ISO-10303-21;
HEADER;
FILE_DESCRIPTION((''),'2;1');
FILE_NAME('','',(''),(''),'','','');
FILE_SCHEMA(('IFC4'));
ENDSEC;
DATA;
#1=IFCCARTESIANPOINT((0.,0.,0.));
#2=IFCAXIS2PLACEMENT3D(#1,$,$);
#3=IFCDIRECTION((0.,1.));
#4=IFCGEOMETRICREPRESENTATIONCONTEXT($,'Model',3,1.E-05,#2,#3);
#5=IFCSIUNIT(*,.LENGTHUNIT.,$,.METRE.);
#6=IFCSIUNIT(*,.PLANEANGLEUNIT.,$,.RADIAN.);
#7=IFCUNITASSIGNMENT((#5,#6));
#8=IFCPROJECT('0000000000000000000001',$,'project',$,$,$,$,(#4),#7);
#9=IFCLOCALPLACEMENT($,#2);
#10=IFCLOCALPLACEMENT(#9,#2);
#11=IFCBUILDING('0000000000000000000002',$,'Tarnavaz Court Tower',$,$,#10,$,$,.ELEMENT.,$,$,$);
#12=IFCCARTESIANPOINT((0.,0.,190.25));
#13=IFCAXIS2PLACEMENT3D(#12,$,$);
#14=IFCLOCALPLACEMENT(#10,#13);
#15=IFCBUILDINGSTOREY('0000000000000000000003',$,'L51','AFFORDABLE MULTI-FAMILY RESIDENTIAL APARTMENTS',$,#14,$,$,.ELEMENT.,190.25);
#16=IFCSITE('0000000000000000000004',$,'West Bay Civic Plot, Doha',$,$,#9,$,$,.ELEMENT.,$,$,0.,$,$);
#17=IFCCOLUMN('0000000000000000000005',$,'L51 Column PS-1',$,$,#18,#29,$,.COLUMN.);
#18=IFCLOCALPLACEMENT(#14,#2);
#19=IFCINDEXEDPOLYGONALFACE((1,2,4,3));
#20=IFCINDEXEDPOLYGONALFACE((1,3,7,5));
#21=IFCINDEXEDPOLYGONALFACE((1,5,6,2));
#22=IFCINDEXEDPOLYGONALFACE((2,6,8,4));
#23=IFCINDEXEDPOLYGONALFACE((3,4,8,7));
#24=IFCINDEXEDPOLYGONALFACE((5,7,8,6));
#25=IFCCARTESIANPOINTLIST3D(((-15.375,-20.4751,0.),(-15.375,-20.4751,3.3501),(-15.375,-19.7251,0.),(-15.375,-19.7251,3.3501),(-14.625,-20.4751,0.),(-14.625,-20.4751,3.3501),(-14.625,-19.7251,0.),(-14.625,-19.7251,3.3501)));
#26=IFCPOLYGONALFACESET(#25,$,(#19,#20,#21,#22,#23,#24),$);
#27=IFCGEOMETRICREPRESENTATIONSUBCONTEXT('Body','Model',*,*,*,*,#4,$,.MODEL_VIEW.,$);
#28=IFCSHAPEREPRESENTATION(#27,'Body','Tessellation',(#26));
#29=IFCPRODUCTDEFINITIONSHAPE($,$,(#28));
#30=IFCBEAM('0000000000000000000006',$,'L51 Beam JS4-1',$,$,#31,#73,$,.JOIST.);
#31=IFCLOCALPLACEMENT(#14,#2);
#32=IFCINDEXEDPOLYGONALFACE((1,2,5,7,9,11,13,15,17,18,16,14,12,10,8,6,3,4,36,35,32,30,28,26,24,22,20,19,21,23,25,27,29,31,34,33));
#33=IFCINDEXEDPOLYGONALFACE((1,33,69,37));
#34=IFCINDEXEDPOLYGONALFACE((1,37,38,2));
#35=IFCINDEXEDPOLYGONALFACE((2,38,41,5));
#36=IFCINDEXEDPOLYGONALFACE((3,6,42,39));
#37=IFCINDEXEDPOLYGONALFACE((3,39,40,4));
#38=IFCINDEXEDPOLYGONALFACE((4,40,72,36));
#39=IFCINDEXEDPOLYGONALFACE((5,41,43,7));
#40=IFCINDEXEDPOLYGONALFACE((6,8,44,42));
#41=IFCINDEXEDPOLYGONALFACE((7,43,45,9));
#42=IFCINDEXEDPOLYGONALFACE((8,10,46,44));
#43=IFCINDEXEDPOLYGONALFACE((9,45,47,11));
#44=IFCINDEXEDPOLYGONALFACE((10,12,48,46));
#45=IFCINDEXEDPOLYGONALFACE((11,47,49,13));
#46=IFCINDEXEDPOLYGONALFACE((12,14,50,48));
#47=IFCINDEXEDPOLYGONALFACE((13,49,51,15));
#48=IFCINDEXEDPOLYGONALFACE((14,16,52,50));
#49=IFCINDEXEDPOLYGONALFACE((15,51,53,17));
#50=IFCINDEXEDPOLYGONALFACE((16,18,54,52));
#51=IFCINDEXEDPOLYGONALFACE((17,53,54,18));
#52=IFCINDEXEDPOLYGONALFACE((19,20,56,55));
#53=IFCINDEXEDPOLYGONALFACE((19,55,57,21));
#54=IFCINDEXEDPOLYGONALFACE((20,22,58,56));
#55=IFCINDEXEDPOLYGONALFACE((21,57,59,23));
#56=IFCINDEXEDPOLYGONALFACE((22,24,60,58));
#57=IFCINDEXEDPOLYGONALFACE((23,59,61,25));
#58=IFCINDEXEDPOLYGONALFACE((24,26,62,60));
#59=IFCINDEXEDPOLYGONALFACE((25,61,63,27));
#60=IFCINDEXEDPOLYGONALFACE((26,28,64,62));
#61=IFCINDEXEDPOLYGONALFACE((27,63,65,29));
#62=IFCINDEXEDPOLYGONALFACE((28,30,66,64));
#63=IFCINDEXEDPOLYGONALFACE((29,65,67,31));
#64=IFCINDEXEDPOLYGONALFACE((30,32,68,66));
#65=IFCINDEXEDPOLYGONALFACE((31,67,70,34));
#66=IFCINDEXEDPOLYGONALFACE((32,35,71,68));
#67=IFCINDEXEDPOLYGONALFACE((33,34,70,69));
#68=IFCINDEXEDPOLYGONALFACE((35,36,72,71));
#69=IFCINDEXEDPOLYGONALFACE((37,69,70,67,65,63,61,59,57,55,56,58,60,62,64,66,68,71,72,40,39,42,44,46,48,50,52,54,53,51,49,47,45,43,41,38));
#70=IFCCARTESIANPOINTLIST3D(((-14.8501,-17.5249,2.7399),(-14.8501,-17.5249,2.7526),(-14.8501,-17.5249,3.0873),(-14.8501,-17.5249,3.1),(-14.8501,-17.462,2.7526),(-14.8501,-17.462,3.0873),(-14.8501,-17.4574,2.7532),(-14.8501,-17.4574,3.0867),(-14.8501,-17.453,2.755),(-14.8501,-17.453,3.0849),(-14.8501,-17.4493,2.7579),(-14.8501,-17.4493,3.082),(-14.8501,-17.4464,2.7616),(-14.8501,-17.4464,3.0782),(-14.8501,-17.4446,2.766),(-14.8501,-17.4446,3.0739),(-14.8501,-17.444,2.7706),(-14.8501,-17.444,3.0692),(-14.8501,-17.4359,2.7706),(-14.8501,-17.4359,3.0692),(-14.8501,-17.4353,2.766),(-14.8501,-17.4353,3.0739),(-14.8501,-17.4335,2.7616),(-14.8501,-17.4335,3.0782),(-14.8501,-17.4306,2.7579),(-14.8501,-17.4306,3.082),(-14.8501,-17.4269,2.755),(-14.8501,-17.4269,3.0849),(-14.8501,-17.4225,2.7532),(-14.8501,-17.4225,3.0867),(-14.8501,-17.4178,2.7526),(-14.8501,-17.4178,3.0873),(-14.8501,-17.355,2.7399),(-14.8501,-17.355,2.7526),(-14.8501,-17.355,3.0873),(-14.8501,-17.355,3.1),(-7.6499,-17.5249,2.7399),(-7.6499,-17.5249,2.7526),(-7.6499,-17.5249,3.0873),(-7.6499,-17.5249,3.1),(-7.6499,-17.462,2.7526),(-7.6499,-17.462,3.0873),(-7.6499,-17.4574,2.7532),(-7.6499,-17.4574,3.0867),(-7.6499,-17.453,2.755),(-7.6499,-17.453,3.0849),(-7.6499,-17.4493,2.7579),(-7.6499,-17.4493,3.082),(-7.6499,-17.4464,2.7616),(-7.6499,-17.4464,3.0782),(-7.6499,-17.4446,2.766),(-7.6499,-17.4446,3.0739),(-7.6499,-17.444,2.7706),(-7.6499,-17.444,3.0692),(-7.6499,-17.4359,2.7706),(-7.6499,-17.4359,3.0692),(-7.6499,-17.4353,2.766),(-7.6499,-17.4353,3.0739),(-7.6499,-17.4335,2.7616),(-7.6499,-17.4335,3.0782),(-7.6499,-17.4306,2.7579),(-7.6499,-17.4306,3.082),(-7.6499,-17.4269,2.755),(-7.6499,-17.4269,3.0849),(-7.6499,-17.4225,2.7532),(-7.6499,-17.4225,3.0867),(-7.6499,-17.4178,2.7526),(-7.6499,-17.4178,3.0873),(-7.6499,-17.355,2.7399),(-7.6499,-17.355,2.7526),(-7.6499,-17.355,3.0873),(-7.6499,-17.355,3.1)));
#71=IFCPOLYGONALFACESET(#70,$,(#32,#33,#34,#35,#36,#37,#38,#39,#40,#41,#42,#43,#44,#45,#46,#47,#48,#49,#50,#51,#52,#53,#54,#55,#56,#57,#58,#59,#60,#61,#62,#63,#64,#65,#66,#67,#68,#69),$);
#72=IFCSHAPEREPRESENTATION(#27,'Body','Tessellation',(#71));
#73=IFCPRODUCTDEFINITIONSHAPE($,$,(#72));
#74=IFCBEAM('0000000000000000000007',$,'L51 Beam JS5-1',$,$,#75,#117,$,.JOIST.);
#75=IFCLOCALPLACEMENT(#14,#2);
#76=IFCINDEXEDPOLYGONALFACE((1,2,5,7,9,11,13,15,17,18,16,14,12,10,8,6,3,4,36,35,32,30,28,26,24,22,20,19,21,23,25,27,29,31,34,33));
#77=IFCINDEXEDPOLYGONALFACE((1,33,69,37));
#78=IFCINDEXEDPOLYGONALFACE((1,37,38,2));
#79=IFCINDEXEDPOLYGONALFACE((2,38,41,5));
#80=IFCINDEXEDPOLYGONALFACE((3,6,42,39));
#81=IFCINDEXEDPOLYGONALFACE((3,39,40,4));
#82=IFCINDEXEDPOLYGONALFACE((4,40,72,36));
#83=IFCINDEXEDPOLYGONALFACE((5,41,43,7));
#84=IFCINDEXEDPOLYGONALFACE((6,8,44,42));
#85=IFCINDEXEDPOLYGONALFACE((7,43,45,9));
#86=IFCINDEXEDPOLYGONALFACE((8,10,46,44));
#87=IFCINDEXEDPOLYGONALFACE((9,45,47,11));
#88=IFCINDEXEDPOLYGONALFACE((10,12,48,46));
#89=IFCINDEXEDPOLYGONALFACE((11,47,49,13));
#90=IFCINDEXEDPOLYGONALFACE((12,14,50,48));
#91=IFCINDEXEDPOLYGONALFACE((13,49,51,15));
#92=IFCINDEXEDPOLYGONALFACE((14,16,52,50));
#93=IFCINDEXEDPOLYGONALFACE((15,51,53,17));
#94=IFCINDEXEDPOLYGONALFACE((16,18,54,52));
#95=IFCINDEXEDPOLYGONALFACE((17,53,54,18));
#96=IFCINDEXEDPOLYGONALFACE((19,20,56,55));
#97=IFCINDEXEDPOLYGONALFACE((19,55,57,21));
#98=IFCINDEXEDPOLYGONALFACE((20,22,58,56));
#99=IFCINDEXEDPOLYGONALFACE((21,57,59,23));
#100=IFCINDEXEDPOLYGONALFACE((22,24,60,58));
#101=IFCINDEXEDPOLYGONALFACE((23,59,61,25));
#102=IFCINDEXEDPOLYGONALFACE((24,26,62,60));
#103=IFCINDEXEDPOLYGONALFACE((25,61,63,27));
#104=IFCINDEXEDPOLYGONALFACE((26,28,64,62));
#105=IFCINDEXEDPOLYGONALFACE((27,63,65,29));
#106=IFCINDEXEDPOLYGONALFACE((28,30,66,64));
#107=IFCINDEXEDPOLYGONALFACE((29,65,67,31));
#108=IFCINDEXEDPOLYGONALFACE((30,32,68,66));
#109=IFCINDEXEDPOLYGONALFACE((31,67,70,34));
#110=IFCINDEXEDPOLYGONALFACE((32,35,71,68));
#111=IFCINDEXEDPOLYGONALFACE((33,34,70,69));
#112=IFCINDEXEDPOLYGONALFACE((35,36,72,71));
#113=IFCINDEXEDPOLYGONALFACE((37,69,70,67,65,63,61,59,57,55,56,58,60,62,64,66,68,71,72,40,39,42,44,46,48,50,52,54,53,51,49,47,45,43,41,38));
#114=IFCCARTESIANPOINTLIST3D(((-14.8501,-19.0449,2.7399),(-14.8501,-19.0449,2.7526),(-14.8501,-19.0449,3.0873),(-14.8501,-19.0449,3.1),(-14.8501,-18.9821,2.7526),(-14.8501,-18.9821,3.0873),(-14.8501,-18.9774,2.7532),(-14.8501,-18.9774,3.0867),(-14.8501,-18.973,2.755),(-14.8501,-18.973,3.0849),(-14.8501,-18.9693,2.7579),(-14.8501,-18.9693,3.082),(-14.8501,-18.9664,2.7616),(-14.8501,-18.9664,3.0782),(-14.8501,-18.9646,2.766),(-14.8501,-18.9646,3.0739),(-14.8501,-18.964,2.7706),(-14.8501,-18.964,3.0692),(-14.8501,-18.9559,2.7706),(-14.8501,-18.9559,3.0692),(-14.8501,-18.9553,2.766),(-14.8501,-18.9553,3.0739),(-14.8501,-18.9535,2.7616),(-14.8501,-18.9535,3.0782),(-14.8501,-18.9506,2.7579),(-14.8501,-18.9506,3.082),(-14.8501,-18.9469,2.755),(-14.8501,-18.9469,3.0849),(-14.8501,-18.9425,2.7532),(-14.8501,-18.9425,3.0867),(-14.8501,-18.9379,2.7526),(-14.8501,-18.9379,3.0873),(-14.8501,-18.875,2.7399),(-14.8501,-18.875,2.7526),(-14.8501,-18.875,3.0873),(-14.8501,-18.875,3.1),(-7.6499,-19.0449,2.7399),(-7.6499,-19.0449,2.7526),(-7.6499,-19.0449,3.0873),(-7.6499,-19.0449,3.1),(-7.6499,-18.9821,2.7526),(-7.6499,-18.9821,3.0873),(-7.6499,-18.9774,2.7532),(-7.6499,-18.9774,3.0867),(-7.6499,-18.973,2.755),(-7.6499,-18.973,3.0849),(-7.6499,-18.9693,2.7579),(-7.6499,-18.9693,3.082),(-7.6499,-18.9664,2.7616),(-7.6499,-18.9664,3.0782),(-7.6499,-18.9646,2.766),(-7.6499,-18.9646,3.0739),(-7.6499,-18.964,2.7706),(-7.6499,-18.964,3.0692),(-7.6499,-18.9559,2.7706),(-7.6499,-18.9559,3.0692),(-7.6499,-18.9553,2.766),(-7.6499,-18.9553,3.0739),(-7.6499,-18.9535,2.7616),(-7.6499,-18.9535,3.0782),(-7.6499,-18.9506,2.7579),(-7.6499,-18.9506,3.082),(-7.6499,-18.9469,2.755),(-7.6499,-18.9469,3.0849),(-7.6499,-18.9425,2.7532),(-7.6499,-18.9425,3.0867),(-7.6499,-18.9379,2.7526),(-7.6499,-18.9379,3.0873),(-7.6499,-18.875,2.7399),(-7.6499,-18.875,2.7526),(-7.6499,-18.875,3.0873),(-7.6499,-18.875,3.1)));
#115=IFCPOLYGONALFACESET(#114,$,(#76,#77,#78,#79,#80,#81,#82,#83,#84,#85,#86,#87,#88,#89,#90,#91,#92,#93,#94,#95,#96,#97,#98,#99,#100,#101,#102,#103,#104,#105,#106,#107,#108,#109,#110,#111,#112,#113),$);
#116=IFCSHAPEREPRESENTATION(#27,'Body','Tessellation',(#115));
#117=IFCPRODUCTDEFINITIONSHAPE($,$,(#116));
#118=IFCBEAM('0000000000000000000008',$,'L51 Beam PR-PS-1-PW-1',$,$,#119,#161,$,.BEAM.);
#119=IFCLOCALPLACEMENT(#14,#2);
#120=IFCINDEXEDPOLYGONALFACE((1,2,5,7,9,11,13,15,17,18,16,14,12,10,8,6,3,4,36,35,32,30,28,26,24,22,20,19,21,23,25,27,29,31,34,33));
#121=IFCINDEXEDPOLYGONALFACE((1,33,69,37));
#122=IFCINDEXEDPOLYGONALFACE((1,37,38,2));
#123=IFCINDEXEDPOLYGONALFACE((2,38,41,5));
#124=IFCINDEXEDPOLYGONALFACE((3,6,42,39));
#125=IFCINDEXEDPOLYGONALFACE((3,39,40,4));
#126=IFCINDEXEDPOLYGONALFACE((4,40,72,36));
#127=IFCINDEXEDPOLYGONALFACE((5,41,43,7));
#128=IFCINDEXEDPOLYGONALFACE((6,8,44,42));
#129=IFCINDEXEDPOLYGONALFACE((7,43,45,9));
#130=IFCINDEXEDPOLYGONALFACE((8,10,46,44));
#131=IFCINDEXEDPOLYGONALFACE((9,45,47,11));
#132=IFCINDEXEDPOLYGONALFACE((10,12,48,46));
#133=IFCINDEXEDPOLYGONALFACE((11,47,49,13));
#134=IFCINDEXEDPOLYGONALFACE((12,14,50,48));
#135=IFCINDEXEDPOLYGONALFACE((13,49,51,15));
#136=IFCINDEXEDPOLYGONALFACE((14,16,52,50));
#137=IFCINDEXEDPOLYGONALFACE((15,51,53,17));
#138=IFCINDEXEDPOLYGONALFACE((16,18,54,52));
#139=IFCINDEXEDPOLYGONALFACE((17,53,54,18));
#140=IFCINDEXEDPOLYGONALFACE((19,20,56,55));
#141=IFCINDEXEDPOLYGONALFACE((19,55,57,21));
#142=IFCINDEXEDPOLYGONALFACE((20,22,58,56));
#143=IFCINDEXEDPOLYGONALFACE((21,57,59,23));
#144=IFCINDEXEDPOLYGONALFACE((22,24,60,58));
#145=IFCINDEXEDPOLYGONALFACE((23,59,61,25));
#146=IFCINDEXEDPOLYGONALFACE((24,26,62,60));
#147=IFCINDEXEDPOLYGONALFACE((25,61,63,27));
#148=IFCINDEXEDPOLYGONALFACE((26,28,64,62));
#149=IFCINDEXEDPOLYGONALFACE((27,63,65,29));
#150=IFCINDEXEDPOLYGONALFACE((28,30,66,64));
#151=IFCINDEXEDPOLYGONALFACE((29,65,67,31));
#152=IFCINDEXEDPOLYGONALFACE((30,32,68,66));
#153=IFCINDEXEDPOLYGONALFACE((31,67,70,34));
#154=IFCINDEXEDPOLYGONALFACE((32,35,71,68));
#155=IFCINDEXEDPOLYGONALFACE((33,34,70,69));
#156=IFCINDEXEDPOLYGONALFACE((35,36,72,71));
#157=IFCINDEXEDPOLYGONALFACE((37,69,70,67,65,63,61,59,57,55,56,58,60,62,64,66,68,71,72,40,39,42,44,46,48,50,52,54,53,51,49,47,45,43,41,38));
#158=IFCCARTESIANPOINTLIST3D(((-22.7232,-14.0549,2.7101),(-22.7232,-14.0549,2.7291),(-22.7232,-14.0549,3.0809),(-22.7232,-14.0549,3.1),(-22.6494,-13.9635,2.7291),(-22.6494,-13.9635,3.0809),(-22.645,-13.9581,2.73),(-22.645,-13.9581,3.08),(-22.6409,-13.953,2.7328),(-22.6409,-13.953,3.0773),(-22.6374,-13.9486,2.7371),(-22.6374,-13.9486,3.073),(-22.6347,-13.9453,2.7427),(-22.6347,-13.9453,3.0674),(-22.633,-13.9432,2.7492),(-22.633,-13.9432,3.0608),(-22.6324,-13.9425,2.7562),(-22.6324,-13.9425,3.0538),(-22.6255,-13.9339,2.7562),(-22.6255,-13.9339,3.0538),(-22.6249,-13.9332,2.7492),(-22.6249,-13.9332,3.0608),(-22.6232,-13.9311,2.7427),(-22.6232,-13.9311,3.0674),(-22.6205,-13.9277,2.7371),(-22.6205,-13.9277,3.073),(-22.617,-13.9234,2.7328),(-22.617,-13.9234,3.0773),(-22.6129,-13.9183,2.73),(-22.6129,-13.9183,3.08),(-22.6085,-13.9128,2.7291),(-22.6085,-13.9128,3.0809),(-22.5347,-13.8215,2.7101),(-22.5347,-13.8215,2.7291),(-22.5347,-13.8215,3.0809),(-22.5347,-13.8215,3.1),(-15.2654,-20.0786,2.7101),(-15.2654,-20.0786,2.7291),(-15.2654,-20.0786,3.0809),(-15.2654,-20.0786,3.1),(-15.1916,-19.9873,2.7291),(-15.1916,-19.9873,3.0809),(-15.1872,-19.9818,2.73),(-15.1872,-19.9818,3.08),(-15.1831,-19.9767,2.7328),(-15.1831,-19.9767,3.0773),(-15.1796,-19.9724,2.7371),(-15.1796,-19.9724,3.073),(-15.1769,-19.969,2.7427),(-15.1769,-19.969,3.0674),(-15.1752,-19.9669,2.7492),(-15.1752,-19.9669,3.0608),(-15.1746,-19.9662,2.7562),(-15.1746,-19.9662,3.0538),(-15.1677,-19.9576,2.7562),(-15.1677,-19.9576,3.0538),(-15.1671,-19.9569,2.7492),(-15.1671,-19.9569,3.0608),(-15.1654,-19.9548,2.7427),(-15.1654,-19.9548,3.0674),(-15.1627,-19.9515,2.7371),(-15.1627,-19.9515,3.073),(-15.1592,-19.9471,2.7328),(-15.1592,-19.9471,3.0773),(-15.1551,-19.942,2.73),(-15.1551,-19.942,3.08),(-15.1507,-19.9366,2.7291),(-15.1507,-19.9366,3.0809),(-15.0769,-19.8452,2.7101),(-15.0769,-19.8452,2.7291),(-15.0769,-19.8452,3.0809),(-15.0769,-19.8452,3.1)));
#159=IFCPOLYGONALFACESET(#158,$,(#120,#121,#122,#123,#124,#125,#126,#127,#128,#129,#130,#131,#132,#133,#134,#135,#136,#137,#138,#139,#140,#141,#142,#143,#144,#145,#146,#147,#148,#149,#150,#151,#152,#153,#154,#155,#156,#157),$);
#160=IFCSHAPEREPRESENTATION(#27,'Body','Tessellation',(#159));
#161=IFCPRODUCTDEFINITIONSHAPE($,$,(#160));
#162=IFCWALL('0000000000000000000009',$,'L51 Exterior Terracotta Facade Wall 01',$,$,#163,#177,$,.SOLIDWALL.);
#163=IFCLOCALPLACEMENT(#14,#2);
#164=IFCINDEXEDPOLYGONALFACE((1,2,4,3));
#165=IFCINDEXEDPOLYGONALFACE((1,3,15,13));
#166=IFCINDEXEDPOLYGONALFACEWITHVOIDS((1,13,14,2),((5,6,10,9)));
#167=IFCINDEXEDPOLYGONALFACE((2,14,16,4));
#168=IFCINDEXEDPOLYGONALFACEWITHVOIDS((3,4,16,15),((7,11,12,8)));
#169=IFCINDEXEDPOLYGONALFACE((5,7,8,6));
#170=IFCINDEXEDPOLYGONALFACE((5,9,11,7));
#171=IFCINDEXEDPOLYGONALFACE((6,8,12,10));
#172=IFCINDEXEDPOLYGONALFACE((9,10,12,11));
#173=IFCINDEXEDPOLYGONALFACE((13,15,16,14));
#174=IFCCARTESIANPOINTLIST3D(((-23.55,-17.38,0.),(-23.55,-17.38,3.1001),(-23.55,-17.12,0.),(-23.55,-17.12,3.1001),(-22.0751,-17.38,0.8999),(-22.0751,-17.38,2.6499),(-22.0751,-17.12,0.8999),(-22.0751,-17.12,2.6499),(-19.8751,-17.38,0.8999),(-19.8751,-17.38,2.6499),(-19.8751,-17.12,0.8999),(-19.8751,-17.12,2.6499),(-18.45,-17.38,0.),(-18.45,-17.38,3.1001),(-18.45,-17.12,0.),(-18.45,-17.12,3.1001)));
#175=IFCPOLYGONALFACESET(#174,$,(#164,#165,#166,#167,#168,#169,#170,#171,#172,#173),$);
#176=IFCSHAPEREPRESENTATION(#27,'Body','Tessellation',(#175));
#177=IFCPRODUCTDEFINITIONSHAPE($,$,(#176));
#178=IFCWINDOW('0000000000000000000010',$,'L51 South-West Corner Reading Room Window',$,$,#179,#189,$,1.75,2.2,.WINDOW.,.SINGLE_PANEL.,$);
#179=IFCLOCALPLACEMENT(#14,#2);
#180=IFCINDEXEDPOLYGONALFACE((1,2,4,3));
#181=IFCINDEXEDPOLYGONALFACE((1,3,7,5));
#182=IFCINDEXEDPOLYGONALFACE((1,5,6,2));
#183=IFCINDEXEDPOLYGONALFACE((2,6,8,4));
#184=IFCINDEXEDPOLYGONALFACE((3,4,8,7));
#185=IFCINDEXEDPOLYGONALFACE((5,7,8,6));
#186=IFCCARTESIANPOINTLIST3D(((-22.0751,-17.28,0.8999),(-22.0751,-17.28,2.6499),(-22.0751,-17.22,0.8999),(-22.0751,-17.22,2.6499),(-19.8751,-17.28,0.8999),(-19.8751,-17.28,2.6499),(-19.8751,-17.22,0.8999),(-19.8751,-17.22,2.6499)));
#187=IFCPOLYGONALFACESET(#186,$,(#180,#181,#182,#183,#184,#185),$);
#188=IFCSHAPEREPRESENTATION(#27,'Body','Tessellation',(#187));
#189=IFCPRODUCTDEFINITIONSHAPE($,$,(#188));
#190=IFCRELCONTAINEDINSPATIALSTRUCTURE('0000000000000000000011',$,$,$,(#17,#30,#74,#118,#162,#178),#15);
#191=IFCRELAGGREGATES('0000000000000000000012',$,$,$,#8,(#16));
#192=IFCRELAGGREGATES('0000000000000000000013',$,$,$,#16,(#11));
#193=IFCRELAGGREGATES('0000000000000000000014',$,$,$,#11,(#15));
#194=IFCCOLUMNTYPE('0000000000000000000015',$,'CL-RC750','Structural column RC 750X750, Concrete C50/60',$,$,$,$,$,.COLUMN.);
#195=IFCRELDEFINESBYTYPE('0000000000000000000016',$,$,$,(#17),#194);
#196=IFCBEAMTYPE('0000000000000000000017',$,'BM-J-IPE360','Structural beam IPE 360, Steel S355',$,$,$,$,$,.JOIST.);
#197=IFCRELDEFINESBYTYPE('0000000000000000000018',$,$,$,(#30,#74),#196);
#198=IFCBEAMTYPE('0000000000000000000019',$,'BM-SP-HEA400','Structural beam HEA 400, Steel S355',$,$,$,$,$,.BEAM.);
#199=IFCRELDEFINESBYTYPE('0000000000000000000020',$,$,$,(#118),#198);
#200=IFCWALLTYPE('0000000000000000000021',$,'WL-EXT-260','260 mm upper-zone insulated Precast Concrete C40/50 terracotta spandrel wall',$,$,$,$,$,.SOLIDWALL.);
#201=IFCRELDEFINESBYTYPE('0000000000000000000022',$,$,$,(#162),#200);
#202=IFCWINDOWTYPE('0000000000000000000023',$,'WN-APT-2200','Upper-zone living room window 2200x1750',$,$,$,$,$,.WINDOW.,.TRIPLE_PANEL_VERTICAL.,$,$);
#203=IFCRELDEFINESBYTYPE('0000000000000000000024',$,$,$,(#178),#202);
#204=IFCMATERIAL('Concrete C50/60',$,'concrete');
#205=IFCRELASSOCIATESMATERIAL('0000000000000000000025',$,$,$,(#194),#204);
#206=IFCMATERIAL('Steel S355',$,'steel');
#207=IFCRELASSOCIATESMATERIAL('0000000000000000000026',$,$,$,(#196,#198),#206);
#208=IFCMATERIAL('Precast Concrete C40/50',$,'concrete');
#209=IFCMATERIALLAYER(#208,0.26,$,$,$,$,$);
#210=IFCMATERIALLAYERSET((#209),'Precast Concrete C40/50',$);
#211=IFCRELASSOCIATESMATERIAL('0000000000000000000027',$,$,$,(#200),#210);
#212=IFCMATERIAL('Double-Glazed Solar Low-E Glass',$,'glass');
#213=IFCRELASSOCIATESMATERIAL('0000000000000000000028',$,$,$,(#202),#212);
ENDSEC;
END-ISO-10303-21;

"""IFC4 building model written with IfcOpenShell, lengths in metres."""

from ifc_helpers import new_model, si_unit, direction, frame, frame_2d, origin, origin_2d, place, context, subcontext, project, spatial, rectangle, i_section, extrude, material, layer, layer_set, material_profile, profile_set, type_object, element, fill, save


model = new_model("IFC4")

# Units and contexts
model_context = context("Model", 3, precision=1e-05, world=origin(), true_north=direction((0.0, 1.0)))
body_context = subcontext(model_context, "Body", "Model", "MODEL_VIEW")
ifc_project = project(units=[si_unit("LENGTHUNIT", "METRE"), si_unit("PLANEANGLEUNIT", "RADIAN")], contexts=[model_context])

# Site, building, storey
site_placement = place(None, origin())
site = spatial("IfcSite", under=ifc_project, at=site_placement, Name="West Bay Civic Plot, Doha", CompositionType="ELEMENT", RefElevation=0.0)
building_placement = place(site_placement, origin())
building = spatial("IfcBuilding", under=site, at=building_placement, Name="Tarnavaz Court Tower", CompositionType="ELEMENT")
storey_placement = place(building_placement, frame((0.0, 0.0, 190.25)))
storey = spatial("IfcBuildingStorey", under=building, at=storey_placement, Name="L51", Description="AFFORDABLE MULTI-FAMILY RESIDENTIAL APARTMENTS", CompositionType="ELEMENT", Elevation=190.25)

# Column
ifc_material_1 = material(Name="Concrete C50/60", Category="concrete")
ifc_material_profile_1 = material_profile(ifc_material_1, rectangle(XDim=0.75, YDim=0.75, at=origin_2d()), Name="RC 750X750")
ifc_profile_set_1 = profile_set([ifc_material_profile_1], Name="Concrete C50/60")
column_type = type_object("IfcColumnType", Name="CL-RC750", Description="Structural column RC 750X750, Concrete C50/60", PredefinedType="COLUMN", material=ifc_profile_set_1)
column_placement = place(storey_placement, frame((-15.0, -20.1001, 0.0), z_axis=(0.0, 0.0, 1.0), x_axis=(1.0, 0.0, 0.0)))
element("IfcColumn", 1, at=column_placement, inside=storey, type_object=column_type, Name="L51 Column PS-1", PredefinedType="COLUMN", context=body_context, shape_type="SweptSolid", body=[
    extrude(rectangle(XDim=0.75, YDim=0.75, at=origin_2d()), origin(), (0.0, 0.0, 1.0), 3.3501),
])

# Beams
ifc_material_2 = material(Name="Steel S355", Category="steel")
ifc_material_profile_2 = material_profile(ifc_material_2, i_section(OverallWidth=0.1699, OverallDepth=0.3601, WebThickness=0.0081, FlangeThickness=0.0127, FilletRadius=0.0181, at=origin_2d()), Name="IPE 360")
ifc_profile_set_2 = profile_set([ifc_material_profile_2], Name="Steel S355")
beam_type_1 = type_object("IfcBeamType", Name="BM-J-IPE360", Description="Structural beam IPE 360, Steel S355", PredefinedType="JOIST", material=ifc_profile_set_2)
for number, where, z_axis, x_axis, name in (
    (2, (-14.8501, -17.4399, 2.9199), (1.0, 0.0, 0.0), (0.0, 1.0, 0.0), "L51 Beam JS4-1"),
    (3, (-14.8501, -18.96, 2.9199), (1.0, 0.0, 0.0), (0.0, 1.0, 0.0), "L51 Beam JS5-1"),
):
    element("IfcBeam", number, at=place(storey_placement, frame(where, z_axis=z_axis, x_axis=x_axis)), inside=storey, type_object=beam_type_1, Name=name, PredefinedType="JOIST", context=body_context, shape_type="SweptSolid", body=[
        extrude(i_section(OverallWidth=0.1699, OverallDepth=0.3601, WebThickness=0.0081, FlangeThickness=0.0127, FilletRadius=0.0181, at=origin_2d()), origin(), (0.0, 0.0, 1.0), 7.2002),
    ])
ifc_material_profile_3 = material_profile(ifc_material_2, i_section(OverallWidth=0.3, OverallDepth=0.3899, WebThickness=0.011, FlangeThickness=0.019, FilletRadius=0.0271, at=origin_2d()), Name="HEA 400")
ifc_profile_set_3 = profile_set([ifc_material_profile_3], Name="Steel S355")
beam_type_2 = type_object("IfcBeamType", Name="BM-SP-HEA400", Description="Structural beam HEA 400, Steel S355", PredefinedType="BEAM", material=ifc_profile_set_3)
beam_placement = place(storey_placement, frame((-15.1711, -19.9619, 2.905), z_axis=(-0.777936, 0.628344, 0.0), x_axis=(-0.628344, -0.777936, 0.0)))
element("IfcBeam", 4, at=beam_placement, inside=storey, type_object=beam_type_2, Name="L51 Beam PR-PS-1-PW-1", PredefinedType="BEAM", context=body_context, shape_type="SweptSolid", body=[
    extrude(i_section(OverallWidth=0.3, OverallDepth=0.3899, WebThickness=0.011, FlangeThickness=0.019, FilletRadius=0.0271, at=origin_2d()), origin(), (0.0, 0.0, 1.0), 9.5867),
])

# Wall, opening, window
ifc_material_3 = material(Name="Precast Concrete C40/50", Category="concrete")
ifc_layer_1 = layer(ifc_material_3, 0.26)
ifc_layer_set_1 = layer_set([ifc_layer_1], Name="Precast Concrete C40/50")
wall_type_1 = type_object("IfcWallType", Name="WL-EXT-260", Description="260 mm upper-zone insulated Precast Concrete C40/50 terracotta spandrel wall", PredefinedType="SOLIDWALL", material=ifc_layer_set_1)
wall_1_placement = place(storey_placement, frame((-18.45, -17.25, 0.0), z_axis=(0.0, 0.0, 1.0), x_axis=(-1.0, 0.0, 0.0)))
wall_1 = element("IfcWall", 5, at=wall_1_placement, inside=storey, type_object=wall_type_1, Name="L51 Exterior Terracotta Facade Wall 01", PredefinedType="SOLIDWALL", context=body_context, shape_type="SweptSolid", body=[
    extrude(rectangle(XDim=5.1001, YDim=0.26, at=frame_2d((2.55, 0.0))), origin(), (0.0, 0.0, 1.0), 3.1001),
])
opening_1_placement = place(wall_1_placement, frame((1.425, 0.0, 0.8999)))
opening_1 = element("IfcOpeningElement", 6, at=opening_1_placement, cuts=wall_1, PredefinedType="OPENING", context=body_context, shape_type="SweptSolid", body=[
    extrude(rectangle(XDim=2.2, YDim=1.75, at=frame_2d((1.1001, 0.875))), frame((0.0, 0.1399, 0.0), z_axis=(0.0, -1.0, 0.0), x_axis=(1.0, 0.0, 0.0)), (0.0, 0.0, 1.0), 0.28),
])
ifc_material_4 = material(Name="Double-Glazed Solar Low-E Glass", Category="glass")
window_type_1 = type_object("IfcWindowType", Name="WN-APT-2200", Description="Upper-zone living room window 2200x1750", PartitioningType="TRIPLE_PANEL_VERTICAL", PredefinedType="WINDOW", material=ifc_material_4)
window_1_placement = place(opening_1_placement, origin())
window_1 = element("IfcWindow", 7, at=window_1_placement, inside=storey, type_object=window_type_1, Name="L51 South-West Corner Reading Room Window", OverallHeight=1.75, OverallWidth=2.2, PartitioningType="SINGLE_PANEL", PredefinedType="WINDOW", context=body_context, shape_type="SweptSolid", body=[
    extrude(rectangle(XDim=2.2, YDim=1.75, at=frame_2d((1.1001, 0.875))), frame((0.0, 0.03, 0.0), z_axis=(0.0, -1.0, 0.0), x_axis=(1.0, 0.0, 0.0)), (0.0, 0.0, 1.0), 0.0601),
])
fill(opening_1, window_1)

save(model, "model.ifc")
